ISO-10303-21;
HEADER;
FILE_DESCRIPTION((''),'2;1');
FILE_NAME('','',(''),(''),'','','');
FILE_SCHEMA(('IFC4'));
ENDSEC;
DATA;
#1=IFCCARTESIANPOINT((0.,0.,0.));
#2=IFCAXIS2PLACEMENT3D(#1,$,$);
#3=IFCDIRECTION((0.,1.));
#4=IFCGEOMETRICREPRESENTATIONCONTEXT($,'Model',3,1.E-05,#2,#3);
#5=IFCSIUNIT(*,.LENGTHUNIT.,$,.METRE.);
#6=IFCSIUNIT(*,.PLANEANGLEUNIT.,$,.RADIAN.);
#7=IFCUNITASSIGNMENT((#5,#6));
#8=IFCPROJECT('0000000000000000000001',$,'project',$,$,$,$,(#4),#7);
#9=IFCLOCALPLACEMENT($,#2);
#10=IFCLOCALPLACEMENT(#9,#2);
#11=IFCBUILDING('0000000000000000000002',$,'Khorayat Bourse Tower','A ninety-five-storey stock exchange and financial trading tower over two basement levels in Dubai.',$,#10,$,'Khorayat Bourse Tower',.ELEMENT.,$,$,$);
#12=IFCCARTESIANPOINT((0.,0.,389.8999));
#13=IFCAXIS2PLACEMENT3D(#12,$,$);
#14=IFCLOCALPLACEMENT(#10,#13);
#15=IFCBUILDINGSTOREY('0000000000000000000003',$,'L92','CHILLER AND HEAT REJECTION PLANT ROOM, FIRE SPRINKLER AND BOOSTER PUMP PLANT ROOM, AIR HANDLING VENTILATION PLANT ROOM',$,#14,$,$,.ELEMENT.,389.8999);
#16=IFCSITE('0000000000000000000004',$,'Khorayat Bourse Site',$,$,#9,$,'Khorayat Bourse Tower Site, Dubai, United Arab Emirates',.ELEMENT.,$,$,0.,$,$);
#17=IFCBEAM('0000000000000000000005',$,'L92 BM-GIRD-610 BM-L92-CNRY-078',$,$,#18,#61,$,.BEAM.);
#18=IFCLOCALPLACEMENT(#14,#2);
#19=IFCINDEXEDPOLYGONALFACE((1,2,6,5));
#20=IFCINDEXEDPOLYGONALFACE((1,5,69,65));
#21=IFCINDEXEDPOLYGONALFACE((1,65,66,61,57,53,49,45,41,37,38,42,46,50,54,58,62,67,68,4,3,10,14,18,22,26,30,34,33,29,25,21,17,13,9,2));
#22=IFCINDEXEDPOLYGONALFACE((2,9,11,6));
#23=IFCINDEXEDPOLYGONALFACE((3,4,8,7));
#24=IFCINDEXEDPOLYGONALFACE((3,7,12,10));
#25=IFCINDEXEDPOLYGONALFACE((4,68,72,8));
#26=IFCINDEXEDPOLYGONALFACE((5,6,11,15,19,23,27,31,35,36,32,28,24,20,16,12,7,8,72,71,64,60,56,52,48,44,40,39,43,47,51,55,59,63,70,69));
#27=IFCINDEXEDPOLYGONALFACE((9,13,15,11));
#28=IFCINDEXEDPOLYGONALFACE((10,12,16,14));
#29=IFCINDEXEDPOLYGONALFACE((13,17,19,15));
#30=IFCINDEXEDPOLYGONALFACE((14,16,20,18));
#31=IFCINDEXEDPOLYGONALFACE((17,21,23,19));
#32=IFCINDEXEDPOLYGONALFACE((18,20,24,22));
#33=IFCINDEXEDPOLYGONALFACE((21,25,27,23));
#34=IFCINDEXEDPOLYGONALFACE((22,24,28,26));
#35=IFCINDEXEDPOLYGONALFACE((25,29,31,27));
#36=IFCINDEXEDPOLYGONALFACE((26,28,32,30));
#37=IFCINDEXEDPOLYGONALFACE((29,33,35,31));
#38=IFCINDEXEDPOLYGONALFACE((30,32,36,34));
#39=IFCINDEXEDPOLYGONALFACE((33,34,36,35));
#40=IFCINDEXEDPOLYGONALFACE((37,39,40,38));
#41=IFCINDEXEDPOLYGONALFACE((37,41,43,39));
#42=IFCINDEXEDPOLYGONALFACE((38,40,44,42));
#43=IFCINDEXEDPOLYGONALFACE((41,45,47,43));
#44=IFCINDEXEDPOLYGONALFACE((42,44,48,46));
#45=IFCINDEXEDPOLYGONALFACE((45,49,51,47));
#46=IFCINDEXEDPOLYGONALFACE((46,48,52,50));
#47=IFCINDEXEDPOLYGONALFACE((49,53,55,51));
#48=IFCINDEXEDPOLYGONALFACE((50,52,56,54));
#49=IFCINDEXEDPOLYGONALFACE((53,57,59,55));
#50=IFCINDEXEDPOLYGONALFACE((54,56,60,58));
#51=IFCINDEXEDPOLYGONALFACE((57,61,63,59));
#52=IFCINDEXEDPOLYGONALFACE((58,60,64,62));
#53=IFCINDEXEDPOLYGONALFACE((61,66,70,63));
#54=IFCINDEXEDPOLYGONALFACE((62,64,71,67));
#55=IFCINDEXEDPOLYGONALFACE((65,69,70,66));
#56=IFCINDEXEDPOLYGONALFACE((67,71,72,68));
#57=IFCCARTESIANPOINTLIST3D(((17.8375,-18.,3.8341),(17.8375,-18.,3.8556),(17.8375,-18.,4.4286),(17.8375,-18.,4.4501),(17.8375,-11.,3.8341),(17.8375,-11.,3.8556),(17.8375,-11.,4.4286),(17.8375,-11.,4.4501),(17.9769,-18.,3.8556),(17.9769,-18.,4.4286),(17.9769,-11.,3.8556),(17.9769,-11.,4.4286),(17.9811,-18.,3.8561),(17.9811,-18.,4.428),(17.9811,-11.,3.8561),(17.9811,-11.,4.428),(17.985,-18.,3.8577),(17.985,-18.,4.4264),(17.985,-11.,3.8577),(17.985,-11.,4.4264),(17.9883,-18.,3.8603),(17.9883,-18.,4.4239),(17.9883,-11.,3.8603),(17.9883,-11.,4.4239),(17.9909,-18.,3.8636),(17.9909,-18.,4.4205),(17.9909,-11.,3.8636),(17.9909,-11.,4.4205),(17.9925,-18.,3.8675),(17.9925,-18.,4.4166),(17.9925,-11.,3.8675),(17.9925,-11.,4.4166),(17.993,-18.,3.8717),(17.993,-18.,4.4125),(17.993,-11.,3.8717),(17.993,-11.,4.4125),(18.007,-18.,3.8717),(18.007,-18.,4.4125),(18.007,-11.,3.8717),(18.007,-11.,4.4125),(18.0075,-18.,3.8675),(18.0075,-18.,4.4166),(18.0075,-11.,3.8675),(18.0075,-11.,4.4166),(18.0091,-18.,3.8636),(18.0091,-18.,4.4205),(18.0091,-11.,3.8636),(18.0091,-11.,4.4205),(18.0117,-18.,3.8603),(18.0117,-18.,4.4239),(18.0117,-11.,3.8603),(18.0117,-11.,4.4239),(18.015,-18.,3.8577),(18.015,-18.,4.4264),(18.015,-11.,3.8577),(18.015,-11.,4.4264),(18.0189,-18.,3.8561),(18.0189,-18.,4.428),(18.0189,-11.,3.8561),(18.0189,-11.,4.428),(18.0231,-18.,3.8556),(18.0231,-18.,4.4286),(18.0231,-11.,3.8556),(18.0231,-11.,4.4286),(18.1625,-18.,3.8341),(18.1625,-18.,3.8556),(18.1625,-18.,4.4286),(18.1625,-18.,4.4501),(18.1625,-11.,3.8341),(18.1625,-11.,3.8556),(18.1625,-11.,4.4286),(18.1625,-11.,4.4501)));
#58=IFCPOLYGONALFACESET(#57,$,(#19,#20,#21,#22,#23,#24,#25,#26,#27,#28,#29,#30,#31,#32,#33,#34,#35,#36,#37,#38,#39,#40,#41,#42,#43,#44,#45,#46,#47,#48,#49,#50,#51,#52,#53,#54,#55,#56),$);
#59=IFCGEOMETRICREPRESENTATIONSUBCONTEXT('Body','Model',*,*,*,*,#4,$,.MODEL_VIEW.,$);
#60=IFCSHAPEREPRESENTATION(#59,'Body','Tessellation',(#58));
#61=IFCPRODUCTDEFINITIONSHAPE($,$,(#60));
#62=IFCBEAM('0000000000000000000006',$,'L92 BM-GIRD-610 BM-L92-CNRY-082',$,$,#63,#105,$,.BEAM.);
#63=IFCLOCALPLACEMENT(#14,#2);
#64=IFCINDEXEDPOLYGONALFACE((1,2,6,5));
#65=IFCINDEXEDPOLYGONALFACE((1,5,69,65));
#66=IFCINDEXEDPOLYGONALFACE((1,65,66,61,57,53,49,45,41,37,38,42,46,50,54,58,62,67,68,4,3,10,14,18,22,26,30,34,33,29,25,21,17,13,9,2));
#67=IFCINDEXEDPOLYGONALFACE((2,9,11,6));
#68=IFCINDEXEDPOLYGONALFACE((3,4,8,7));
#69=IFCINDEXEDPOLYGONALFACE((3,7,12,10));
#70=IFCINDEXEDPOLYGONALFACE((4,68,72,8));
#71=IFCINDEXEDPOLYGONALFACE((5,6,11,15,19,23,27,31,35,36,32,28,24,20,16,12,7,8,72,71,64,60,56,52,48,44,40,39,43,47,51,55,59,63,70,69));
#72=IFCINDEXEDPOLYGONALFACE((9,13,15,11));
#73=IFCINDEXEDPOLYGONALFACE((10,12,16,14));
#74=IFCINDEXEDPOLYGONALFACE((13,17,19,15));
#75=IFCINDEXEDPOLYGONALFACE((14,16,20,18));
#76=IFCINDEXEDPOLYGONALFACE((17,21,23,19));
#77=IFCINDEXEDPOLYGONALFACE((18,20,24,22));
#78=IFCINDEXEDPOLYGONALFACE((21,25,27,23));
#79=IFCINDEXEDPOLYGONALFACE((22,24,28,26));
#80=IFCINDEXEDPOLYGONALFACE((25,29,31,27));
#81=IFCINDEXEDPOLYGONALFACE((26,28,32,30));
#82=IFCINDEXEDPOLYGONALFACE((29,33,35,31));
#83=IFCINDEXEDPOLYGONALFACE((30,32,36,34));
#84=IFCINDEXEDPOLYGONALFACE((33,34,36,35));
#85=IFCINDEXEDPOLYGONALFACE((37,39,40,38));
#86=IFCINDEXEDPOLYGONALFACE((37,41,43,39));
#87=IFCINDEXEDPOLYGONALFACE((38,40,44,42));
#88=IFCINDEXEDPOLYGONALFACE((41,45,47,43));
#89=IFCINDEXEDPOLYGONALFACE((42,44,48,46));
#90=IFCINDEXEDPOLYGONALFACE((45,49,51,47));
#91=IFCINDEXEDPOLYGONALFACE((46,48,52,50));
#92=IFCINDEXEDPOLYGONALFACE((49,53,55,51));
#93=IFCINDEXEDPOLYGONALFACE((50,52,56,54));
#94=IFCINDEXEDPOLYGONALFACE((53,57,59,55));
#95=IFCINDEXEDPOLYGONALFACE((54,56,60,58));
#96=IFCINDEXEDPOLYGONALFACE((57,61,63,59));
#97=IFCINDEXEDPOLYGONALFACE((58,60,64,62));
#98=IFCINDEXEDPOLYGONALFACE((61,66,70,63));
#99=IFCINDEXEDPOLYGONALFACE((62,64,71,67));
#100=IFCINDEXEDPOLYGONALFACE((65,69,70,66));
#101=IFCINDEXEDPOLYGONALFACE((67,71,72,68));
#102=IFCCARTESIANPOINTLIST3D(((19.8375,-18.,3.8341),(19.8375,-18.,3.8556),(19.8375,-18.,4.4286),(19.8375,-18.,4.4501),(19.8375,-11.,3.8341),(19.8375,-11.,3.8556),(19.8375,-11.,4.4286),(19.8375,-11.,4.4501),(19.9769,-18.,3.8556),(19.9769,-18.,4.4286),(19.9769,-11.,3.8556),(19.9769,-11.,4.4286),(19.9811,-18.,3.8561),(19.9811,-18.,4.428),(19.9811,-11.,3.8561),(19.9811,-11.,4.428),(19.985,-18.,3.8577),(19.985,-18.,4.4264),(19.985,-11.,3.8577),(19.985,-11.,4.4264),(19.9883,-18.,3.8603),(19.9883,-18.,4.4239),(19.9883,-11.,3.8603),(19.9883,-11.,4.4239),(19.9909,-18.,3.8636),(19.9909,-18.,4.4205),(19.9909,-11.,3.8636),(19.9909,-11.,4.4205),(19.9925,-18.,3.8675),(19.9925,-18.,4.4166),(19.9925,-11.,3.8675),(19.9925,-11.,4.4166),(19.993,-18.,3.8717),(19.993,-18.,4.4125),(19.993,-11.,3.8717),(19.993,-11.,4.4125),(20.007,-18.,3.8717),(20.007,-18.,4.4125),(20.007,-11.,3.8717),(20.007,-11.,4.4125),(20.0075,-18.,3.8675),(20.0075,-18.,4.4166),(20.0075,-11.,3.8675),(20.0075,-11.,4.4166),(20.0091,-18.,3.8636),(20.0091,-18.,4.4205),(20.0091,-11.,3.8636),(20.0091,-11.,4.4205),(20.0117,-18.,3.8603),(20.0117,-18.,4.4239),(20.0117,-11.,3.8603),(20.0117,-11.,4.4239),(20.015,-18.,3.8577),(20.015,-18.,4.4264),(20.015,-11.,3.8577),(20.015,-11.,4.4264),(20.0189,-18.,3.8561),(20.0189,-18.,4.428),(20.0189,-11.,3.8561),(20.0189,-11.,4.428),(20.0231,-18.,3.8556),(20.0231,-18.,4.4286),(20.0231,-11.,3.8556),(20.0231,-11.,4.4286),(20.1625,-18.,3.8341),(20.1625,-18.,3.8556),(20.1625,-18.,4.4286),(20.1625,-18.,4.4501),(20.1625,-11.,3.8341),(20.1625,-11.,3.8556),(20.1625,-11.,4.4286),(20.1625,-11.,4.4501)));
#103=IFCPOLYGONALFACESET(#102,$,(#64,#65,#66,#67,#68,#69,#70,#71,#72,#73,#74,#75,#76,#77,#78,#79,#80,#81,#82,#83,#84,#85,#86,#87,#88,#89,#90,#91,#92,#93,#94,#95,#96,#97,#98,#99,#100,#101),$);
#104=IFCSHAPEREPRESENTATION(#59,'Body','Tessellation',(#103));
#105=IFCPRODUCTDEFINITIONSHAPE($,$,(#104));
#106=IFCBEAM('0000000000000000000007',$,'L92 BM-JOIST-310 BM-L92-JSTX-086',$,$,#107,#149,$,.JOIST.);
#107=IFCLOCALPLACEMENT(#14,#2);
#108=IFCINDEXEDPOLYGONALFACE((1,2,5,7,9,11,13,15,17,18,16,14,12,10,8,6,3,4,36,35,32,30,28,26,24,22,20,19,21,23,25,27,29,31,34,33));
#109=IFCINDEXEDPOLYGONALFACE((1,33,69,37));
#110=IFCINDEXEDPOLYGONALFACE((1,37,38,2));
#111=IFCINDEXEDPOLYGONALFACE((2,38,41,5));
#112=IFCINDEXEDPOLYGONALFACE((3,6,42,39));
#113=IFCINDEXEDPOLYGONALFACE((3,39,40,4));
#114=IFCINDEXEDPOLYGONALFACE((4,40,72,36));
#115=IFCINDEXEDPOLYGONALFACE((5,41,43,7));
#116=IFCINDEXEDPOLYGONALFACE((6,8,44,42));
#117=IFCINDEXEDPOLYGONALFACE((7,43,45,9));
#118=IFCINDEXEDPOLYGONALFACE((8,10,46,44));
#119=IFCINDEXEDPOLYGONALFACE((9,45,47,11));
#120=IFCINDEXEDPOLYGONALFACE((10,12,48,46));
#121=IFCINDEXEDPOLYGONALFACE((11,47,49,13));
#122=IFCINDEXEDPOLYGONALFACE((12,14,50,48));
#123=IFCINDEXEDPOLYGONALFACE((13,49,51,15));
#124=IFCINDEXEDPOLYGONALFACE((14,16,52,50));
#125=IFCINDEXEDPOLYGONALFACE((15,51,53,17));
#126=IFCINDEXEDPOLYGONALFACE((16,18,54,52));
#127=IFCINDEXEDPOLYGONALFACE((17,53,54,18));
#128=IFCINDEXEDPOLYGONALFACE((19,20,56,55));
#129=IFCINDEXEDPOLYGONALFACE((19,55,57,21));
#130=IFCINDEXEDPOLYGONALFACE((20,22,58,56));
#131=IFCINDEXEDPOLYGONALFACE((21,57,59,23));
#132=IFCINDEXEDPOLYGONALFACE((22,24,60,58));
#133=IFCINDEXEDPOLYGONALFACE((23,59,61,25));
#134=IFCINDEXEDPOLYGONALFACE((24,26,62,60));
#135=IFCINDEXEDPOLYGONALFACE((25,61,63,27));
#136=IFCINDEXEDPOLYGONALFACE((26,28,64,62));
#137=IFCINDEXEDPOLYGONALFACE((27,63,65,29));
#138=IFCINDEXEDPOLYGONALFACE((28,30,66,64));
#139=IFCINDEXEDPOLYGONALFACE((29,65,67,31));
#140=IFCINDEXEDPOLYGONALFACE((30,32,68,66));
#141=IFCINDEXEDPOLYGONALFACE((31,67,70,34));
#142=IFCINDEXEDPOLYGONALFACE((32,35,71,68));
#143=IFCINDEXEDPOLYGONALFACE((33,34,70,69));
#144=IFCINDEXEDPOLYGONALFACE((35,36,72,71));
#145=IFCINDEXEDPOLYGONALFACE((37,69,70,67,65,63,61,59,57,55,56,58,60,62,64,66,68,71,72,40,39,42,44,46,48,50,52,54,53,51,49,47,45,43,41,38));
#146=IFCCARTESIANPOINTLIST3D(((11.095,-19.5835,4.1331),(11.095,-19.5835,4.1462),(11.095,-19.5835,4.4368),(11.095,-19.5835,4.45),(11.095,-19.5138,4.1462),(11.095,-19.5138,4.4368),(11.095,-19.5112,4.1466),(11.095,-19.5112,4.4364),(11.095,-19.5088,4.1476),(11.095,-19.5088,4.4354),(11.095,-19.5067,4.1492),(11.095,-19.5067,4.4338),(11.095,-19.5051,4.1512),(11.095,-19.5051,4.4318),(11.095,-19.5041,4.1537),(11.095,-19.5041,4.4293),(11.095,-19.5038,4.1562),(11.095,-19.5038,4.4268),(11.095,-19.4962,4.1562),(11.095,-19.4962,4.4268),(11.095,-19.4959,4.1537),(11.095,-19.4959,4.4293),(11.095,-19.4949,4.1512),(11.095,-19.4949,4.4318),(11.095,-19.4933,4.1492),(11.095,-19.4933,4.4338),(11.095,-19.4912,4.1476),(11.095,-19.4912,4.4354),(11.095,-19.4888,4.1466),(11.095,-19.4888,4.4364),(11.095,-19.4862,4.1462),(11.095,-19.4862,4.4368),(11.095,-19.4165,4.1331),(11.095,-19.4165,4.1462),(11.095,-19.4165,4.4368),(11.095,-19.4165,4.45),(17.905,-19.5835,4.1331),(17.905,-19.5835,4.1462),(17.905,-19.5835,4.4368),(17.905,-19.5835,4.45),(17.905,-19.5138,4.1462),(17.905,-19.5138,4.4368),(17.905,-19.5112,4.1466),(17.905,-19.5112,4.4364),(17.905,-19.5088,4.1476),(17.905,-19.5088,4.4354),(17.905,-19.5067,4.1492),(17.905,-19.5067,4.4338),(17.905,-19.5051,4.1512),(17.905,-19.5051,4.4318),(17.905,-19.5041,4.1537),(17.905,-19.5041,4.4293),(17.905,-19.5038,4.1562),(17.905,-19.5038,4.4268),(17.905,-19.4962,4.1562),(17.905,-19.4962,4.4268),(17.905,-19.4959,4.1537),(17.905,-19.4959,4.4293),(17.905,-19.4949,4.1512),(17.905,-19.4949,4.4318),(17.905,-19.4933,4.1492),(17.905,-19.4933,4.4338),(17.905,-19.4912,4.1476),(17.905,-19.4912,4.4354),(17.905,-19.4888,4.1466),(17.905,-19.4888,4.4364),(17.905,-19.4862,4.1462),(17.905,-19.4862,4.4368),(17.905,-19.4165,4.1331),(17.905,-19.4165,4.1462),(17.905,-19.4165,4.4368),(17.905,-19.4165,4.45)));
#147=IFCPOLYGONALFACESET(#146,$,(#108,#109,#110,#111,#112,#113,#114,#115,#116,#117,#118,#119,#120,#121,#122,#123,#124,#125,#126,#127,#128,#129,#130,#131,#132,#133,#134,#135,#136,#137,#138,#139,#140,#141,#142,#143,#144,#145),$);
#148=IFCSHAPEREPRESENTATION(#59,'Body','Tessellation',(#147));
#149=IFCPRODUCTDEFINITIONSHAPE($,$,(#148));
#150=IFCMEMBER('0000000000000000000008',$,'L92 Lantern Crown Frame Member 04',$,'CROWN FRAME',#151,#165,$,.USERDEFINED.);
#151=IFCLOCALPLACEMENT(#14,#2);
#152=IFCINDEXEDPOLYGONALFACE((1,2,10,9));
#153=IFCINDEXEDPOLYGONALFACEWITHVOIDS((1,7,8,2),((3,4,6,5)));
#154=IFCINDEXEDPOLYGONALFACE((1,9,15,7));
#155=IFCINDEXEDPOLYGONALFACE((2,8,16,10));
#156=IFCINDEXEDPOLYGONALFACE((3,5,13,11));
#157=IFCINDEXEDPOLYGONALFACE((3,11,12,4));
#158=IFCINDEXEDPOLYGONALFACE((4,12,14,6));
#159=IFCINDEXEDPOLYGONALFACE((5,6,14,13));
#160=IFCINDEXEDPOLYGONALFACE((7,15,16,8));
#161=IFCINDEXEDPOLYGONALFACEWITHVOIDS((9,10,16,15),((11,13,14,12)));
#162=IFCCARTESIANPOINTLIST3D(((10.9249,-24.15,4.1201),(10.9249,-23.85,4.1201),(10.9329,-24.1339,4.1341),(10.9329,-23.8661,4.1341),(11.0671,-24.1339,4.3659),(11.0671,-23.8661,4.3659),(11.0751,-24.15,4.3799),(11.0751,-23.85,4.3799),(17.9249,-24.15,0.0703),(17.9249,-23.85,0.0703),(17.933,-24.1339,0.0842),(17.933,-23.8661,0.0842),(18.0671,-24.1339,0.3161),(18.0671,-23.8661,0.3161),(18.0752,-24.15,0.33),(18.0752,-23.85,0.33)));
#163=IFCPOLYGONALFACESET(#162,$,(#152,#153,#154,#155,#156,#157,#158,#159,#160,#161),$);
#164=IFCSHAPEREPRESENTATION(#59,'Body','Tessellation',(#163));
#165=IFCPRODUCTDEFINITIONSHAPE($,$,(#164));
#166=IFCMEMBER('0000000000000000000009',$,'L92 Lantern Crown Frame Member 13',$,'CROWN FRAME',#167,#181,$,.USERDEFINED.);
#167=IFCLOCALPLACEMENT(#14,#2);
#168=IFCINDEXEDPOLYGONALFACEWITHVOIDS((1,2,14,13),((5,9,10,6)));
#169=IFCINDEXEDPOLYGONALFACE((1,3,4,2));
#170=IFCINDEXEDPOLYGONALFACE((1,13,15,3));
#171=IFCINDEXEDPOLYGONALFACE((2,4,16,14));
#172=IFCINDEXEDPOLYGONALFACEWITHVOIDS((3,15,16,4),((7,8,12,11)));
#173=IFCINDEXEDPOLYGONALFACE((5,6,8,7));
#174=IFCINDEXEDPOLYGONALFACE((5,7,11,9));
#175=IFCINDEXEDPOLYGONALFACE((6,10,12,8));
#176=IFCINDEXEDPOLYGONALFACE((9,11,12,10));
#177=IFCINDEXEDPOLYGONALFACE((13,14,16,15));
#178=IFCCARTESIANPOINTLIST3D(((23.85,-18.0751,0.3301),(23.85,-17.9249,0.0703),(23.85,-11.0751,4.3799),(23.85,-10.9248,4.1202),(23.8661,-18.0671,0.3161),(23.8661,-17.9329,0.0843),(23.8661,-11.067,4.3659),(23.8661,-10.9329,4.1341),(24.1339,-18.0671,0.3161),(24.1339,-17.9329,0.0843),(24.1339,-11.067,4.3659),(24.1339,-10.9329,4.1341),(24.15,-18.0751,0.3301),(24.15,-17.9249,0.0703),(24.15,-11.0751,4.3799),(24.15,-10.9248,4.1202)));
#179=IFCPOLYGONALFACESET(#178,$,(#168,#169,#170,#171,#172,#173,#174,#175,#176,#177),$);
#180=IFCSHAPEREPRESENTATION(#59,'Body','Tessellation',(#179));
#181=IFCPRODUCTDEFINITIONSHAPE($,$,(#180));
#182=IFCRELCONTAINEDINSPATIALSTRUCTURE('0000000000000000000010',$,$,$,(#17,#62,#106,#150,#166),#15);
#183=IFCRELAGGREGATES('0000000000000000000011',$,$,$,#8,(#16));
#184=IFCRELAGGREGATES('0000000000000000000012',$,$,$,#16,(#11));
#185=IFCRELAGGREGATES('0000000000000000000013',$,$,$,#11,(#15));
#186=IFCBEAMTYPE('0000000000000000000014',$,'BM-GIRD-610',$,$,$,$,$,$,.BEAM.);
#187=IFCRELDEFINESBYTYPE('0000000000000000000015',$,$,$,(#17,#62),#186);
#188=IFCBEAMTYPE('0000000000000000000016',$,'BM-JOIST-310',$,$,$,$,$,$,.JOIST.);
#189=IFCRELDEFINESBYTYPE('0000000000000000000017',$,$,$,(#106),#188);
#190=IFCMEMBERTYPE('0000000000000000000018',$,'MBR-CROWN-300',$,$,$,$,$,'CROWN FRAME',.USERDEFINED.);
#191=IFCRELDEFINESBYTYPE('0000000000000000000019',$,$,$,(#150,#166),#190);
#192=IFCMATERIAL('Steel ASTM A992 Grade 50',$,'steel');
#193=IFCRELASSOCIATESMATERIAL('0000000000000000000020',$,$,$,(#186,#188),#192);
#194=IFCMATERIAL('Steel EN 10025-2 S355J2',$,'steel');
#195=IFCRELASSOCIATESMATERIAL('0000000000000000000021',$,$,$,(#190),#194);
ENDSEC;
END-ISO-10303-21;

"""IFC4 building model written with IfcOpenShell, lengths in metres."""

from ifc_helpers import new_model, si_unit, direction, frame, origin, origin_2d, place, context, subcontext, project, spatial, hollow_rectangle, i_section, extrude, source, transform, mapped, material, material_profile, profile_set, type_object, element, save


model = new_model("IFC4")

# Units and contexts
model_context = context("Model", 3, precision=1e-05, world=origin(), true_north=direction((0.0, 1.0)))
body_context = subcontext(model_context, "Body", "Model", "MODEL_VIEW")
ifc_project = project(units=[si_unit("LENGTHUNIT", "METRE"), si_unit("PLANEANGLEUNIT", "RADIAN")], contexts=[model_context])

# Site, building, storey
site_placement = place(None, origin())
site = spatial("IfcSite", under=ifc_project, at=site_placement, Name="Khorayat Bourse Site", LongName="Khorayat Bourse Tower Site, Dubai, United Arab Emirates", CompositionType="ELEMENT", RefElevation=0.0)
building_placement = place(site_placement, origin())
building = spatial("IfcBuilding", under=site, at=building_placement, Name="Khorayat Bourse Tower", Description="A ninety-five-storey stock exchange and financial trading tower over two basement levels in Dubai.", LongName="Khorayat Bourse Tower", CompositionType="ELEMENT")
storey_placement = place(building_placement, frame((0.0, 0.0, 389.8999)))
storey = spatial("IfcBuildingStorey", under=building, at=storey_placement, Name="L92", Description="CHILLER AND HEAT REJECTION PLANT ROOM, FIRE SPRINKLER AND BOOSTER PUMP PLANT ROOM, AIR HANDLING VENTILATION PLANT ROOM", CompositionType="ELEMENT", Elevation=389.8999)

# Shared definitions
ifc_material_1 = material(Name="Steel EN 10025-2 S355J2", Category="steel")

# Beams
ifc_material_2 = material(Name="Steel ASTM A992 Grade 50", Category="steel")
ifc_material_profile_1 = material_profile(ifc_material_2, i_section(OverallWidth=0.325, OverallDepth=0.616, WebThickness=0.0139, FlangeThickness=0.0215, FilletRadius=0.0161, at=origin_2d()), Name="W610X174")
ifc_profile_set_1 = profile_set([ifc_material_profile_1], Name="Steel ASTM A992 Grade 50")
beam_type_1 = type_object("IfcBeamType", Name="BM-GIRD-610", PredefinedType="BEAM", material=ifc_profile_set_1)
shared_shape_1 = source(origin(), body_context, "Body", "SweptSolid", [
    extrude(i_section(OverallWidth=0.325, OverallDepth=0.616, WebThickness=0.0139, FlangeThickness=0.0215, FilletRadius=0.0161, at=origin_2d()), origin(), (0.0, 0.0, 1.0), 7.0),
])
for number, where, z_axis, x_axis, name in (
    (1, (18.0, -18.0, 4.1421), (0.0, 1.0, 0.0), (-1.0, 0.0, 0.0), "L92 BM-GIRD-610 BM-L92-CNRY-078"),
    (2, (20.0, -18.0, 4.1421), (0.0, 1.0, 0.0), (-1.0, 0.0, 0.0), "L92 BM-GIRD-610 BM-L92-CNRY-082"),
):
    element("IfcBeam", number, at=place(storey_placement, frame(where, z_axis=z_axis, x_axis=x_axis)), inside=storey, type_object=beam_type_1, Name=name, PredefinedType="BEAM", context=body_context, shape_type="MappedRepresentation", body=[
        mapped(shared_shape_1, transform((0.0, 0.0, 0.0), scale=1.0)),
    ])
ifc_material_profile_2 = material_profile(ifc_material_2, i_section(OverallWidth=0.167, OverallDepth=0.3169, WebThickness=0.0076, FlangeThickness=0.0132, FilletRadius=0.01, at=origin_2d()), Name="W310X52")
ifc_profile_set_2 = profile_set([ifc_material_profile_2], Name="Steel ASTM A992 Grade 50")
beam_type_2 = type_object("IfcBeamType", Name="BM-JOIST-310", PredefinedType="JOIST", material=ifc_profile_set_2)
shared_shape_2 = source(origin(), body_context, "Body", "SweptSolid", [
    extrude(i_section(OverallWidth=0.167, OverallDepth=0.3169, WebThickness=0.0076, FlangeThickness=0.0132, FilletRadius=0.01, at=origin_2d()), origin(), (0.0, 0.0, 1.0), 6.8101),
])
beam_1_placement = place(storey_placement, frame((11.095, -19.5, 4.2915), z_axis=(1.0, 0.0, 0.0), x_axis=(0.0, 1.0, 0.0)))
element("IfcBeam", 3, at=beam_1_placement, inside=storey, type_object=beam_type_2, Name="L92 BM-JOIST-310 BM-L92-JSTX-086", PredefinedType="JOIST", context=body_context, shape_type="MappedRepresentation", body=[
    mapped(shared_shape_2, transform((0.0, 0.0, 0.0), scale=1.0)),
])

# Members
ifc_material_profile_3 = material_profile(ifc_material_1, hollow_rectangle(XDim=0.3, YDim=0.3, WallThickness=0.0161, at=origin_2d()), Name="HSS 300x300x16")
ifc_profile_set_3 = profile_set([ifc_material_profile_3], Name="Steel EN 10025-2 S355J2")
member_type_1 = type_object("IfcMemberType", Name="MBR-CROWN-300", ElementType="CROWN FRAME", PredefinedType="USERDEFINED", material=ifc_profile_set_3)
shared_shape_3 = source(origin(), body_context, "Body", "SweptSolid", [
    extrude(hollow_rectangle(XDim=0.3, YDim=0.3, WallThickness=0.0161, at=origin_2d()), origin(), (0.0, 0.0, 1.0), 8.0872),
])
for number, where, z_axis, x_axis, name in (
    (4, (11.0, -24.0, 4.25), (0.865578, 0.0, -0.500774), (0.0, 1.0, 0.0), "L92 Lantern Crown Frame Member 04"),
    (5, (24.0, -18.0, 0.2002), (0.0, 0.865578, 0.500774), (-1.0, 0.0, 0.0), "L92 Lantern Crown Frame Member 13"),
):
    element("IfcMember", number, at=place(storey_placement, frame(where, z_axis=z_axis, x_axis=x_axis)), inside=storey, type_object=member_type_1, Name=name, ObjectType="CROWN FRAME", PredefinedType="USERDEFINED", context=body_context, shape_type="MappedRepresentation", body=[
        mapped(shared_shape_3, transform((0.0, 0.0, 0.0), scale=1.0)),
    ])

save(model, "model.ifc")
